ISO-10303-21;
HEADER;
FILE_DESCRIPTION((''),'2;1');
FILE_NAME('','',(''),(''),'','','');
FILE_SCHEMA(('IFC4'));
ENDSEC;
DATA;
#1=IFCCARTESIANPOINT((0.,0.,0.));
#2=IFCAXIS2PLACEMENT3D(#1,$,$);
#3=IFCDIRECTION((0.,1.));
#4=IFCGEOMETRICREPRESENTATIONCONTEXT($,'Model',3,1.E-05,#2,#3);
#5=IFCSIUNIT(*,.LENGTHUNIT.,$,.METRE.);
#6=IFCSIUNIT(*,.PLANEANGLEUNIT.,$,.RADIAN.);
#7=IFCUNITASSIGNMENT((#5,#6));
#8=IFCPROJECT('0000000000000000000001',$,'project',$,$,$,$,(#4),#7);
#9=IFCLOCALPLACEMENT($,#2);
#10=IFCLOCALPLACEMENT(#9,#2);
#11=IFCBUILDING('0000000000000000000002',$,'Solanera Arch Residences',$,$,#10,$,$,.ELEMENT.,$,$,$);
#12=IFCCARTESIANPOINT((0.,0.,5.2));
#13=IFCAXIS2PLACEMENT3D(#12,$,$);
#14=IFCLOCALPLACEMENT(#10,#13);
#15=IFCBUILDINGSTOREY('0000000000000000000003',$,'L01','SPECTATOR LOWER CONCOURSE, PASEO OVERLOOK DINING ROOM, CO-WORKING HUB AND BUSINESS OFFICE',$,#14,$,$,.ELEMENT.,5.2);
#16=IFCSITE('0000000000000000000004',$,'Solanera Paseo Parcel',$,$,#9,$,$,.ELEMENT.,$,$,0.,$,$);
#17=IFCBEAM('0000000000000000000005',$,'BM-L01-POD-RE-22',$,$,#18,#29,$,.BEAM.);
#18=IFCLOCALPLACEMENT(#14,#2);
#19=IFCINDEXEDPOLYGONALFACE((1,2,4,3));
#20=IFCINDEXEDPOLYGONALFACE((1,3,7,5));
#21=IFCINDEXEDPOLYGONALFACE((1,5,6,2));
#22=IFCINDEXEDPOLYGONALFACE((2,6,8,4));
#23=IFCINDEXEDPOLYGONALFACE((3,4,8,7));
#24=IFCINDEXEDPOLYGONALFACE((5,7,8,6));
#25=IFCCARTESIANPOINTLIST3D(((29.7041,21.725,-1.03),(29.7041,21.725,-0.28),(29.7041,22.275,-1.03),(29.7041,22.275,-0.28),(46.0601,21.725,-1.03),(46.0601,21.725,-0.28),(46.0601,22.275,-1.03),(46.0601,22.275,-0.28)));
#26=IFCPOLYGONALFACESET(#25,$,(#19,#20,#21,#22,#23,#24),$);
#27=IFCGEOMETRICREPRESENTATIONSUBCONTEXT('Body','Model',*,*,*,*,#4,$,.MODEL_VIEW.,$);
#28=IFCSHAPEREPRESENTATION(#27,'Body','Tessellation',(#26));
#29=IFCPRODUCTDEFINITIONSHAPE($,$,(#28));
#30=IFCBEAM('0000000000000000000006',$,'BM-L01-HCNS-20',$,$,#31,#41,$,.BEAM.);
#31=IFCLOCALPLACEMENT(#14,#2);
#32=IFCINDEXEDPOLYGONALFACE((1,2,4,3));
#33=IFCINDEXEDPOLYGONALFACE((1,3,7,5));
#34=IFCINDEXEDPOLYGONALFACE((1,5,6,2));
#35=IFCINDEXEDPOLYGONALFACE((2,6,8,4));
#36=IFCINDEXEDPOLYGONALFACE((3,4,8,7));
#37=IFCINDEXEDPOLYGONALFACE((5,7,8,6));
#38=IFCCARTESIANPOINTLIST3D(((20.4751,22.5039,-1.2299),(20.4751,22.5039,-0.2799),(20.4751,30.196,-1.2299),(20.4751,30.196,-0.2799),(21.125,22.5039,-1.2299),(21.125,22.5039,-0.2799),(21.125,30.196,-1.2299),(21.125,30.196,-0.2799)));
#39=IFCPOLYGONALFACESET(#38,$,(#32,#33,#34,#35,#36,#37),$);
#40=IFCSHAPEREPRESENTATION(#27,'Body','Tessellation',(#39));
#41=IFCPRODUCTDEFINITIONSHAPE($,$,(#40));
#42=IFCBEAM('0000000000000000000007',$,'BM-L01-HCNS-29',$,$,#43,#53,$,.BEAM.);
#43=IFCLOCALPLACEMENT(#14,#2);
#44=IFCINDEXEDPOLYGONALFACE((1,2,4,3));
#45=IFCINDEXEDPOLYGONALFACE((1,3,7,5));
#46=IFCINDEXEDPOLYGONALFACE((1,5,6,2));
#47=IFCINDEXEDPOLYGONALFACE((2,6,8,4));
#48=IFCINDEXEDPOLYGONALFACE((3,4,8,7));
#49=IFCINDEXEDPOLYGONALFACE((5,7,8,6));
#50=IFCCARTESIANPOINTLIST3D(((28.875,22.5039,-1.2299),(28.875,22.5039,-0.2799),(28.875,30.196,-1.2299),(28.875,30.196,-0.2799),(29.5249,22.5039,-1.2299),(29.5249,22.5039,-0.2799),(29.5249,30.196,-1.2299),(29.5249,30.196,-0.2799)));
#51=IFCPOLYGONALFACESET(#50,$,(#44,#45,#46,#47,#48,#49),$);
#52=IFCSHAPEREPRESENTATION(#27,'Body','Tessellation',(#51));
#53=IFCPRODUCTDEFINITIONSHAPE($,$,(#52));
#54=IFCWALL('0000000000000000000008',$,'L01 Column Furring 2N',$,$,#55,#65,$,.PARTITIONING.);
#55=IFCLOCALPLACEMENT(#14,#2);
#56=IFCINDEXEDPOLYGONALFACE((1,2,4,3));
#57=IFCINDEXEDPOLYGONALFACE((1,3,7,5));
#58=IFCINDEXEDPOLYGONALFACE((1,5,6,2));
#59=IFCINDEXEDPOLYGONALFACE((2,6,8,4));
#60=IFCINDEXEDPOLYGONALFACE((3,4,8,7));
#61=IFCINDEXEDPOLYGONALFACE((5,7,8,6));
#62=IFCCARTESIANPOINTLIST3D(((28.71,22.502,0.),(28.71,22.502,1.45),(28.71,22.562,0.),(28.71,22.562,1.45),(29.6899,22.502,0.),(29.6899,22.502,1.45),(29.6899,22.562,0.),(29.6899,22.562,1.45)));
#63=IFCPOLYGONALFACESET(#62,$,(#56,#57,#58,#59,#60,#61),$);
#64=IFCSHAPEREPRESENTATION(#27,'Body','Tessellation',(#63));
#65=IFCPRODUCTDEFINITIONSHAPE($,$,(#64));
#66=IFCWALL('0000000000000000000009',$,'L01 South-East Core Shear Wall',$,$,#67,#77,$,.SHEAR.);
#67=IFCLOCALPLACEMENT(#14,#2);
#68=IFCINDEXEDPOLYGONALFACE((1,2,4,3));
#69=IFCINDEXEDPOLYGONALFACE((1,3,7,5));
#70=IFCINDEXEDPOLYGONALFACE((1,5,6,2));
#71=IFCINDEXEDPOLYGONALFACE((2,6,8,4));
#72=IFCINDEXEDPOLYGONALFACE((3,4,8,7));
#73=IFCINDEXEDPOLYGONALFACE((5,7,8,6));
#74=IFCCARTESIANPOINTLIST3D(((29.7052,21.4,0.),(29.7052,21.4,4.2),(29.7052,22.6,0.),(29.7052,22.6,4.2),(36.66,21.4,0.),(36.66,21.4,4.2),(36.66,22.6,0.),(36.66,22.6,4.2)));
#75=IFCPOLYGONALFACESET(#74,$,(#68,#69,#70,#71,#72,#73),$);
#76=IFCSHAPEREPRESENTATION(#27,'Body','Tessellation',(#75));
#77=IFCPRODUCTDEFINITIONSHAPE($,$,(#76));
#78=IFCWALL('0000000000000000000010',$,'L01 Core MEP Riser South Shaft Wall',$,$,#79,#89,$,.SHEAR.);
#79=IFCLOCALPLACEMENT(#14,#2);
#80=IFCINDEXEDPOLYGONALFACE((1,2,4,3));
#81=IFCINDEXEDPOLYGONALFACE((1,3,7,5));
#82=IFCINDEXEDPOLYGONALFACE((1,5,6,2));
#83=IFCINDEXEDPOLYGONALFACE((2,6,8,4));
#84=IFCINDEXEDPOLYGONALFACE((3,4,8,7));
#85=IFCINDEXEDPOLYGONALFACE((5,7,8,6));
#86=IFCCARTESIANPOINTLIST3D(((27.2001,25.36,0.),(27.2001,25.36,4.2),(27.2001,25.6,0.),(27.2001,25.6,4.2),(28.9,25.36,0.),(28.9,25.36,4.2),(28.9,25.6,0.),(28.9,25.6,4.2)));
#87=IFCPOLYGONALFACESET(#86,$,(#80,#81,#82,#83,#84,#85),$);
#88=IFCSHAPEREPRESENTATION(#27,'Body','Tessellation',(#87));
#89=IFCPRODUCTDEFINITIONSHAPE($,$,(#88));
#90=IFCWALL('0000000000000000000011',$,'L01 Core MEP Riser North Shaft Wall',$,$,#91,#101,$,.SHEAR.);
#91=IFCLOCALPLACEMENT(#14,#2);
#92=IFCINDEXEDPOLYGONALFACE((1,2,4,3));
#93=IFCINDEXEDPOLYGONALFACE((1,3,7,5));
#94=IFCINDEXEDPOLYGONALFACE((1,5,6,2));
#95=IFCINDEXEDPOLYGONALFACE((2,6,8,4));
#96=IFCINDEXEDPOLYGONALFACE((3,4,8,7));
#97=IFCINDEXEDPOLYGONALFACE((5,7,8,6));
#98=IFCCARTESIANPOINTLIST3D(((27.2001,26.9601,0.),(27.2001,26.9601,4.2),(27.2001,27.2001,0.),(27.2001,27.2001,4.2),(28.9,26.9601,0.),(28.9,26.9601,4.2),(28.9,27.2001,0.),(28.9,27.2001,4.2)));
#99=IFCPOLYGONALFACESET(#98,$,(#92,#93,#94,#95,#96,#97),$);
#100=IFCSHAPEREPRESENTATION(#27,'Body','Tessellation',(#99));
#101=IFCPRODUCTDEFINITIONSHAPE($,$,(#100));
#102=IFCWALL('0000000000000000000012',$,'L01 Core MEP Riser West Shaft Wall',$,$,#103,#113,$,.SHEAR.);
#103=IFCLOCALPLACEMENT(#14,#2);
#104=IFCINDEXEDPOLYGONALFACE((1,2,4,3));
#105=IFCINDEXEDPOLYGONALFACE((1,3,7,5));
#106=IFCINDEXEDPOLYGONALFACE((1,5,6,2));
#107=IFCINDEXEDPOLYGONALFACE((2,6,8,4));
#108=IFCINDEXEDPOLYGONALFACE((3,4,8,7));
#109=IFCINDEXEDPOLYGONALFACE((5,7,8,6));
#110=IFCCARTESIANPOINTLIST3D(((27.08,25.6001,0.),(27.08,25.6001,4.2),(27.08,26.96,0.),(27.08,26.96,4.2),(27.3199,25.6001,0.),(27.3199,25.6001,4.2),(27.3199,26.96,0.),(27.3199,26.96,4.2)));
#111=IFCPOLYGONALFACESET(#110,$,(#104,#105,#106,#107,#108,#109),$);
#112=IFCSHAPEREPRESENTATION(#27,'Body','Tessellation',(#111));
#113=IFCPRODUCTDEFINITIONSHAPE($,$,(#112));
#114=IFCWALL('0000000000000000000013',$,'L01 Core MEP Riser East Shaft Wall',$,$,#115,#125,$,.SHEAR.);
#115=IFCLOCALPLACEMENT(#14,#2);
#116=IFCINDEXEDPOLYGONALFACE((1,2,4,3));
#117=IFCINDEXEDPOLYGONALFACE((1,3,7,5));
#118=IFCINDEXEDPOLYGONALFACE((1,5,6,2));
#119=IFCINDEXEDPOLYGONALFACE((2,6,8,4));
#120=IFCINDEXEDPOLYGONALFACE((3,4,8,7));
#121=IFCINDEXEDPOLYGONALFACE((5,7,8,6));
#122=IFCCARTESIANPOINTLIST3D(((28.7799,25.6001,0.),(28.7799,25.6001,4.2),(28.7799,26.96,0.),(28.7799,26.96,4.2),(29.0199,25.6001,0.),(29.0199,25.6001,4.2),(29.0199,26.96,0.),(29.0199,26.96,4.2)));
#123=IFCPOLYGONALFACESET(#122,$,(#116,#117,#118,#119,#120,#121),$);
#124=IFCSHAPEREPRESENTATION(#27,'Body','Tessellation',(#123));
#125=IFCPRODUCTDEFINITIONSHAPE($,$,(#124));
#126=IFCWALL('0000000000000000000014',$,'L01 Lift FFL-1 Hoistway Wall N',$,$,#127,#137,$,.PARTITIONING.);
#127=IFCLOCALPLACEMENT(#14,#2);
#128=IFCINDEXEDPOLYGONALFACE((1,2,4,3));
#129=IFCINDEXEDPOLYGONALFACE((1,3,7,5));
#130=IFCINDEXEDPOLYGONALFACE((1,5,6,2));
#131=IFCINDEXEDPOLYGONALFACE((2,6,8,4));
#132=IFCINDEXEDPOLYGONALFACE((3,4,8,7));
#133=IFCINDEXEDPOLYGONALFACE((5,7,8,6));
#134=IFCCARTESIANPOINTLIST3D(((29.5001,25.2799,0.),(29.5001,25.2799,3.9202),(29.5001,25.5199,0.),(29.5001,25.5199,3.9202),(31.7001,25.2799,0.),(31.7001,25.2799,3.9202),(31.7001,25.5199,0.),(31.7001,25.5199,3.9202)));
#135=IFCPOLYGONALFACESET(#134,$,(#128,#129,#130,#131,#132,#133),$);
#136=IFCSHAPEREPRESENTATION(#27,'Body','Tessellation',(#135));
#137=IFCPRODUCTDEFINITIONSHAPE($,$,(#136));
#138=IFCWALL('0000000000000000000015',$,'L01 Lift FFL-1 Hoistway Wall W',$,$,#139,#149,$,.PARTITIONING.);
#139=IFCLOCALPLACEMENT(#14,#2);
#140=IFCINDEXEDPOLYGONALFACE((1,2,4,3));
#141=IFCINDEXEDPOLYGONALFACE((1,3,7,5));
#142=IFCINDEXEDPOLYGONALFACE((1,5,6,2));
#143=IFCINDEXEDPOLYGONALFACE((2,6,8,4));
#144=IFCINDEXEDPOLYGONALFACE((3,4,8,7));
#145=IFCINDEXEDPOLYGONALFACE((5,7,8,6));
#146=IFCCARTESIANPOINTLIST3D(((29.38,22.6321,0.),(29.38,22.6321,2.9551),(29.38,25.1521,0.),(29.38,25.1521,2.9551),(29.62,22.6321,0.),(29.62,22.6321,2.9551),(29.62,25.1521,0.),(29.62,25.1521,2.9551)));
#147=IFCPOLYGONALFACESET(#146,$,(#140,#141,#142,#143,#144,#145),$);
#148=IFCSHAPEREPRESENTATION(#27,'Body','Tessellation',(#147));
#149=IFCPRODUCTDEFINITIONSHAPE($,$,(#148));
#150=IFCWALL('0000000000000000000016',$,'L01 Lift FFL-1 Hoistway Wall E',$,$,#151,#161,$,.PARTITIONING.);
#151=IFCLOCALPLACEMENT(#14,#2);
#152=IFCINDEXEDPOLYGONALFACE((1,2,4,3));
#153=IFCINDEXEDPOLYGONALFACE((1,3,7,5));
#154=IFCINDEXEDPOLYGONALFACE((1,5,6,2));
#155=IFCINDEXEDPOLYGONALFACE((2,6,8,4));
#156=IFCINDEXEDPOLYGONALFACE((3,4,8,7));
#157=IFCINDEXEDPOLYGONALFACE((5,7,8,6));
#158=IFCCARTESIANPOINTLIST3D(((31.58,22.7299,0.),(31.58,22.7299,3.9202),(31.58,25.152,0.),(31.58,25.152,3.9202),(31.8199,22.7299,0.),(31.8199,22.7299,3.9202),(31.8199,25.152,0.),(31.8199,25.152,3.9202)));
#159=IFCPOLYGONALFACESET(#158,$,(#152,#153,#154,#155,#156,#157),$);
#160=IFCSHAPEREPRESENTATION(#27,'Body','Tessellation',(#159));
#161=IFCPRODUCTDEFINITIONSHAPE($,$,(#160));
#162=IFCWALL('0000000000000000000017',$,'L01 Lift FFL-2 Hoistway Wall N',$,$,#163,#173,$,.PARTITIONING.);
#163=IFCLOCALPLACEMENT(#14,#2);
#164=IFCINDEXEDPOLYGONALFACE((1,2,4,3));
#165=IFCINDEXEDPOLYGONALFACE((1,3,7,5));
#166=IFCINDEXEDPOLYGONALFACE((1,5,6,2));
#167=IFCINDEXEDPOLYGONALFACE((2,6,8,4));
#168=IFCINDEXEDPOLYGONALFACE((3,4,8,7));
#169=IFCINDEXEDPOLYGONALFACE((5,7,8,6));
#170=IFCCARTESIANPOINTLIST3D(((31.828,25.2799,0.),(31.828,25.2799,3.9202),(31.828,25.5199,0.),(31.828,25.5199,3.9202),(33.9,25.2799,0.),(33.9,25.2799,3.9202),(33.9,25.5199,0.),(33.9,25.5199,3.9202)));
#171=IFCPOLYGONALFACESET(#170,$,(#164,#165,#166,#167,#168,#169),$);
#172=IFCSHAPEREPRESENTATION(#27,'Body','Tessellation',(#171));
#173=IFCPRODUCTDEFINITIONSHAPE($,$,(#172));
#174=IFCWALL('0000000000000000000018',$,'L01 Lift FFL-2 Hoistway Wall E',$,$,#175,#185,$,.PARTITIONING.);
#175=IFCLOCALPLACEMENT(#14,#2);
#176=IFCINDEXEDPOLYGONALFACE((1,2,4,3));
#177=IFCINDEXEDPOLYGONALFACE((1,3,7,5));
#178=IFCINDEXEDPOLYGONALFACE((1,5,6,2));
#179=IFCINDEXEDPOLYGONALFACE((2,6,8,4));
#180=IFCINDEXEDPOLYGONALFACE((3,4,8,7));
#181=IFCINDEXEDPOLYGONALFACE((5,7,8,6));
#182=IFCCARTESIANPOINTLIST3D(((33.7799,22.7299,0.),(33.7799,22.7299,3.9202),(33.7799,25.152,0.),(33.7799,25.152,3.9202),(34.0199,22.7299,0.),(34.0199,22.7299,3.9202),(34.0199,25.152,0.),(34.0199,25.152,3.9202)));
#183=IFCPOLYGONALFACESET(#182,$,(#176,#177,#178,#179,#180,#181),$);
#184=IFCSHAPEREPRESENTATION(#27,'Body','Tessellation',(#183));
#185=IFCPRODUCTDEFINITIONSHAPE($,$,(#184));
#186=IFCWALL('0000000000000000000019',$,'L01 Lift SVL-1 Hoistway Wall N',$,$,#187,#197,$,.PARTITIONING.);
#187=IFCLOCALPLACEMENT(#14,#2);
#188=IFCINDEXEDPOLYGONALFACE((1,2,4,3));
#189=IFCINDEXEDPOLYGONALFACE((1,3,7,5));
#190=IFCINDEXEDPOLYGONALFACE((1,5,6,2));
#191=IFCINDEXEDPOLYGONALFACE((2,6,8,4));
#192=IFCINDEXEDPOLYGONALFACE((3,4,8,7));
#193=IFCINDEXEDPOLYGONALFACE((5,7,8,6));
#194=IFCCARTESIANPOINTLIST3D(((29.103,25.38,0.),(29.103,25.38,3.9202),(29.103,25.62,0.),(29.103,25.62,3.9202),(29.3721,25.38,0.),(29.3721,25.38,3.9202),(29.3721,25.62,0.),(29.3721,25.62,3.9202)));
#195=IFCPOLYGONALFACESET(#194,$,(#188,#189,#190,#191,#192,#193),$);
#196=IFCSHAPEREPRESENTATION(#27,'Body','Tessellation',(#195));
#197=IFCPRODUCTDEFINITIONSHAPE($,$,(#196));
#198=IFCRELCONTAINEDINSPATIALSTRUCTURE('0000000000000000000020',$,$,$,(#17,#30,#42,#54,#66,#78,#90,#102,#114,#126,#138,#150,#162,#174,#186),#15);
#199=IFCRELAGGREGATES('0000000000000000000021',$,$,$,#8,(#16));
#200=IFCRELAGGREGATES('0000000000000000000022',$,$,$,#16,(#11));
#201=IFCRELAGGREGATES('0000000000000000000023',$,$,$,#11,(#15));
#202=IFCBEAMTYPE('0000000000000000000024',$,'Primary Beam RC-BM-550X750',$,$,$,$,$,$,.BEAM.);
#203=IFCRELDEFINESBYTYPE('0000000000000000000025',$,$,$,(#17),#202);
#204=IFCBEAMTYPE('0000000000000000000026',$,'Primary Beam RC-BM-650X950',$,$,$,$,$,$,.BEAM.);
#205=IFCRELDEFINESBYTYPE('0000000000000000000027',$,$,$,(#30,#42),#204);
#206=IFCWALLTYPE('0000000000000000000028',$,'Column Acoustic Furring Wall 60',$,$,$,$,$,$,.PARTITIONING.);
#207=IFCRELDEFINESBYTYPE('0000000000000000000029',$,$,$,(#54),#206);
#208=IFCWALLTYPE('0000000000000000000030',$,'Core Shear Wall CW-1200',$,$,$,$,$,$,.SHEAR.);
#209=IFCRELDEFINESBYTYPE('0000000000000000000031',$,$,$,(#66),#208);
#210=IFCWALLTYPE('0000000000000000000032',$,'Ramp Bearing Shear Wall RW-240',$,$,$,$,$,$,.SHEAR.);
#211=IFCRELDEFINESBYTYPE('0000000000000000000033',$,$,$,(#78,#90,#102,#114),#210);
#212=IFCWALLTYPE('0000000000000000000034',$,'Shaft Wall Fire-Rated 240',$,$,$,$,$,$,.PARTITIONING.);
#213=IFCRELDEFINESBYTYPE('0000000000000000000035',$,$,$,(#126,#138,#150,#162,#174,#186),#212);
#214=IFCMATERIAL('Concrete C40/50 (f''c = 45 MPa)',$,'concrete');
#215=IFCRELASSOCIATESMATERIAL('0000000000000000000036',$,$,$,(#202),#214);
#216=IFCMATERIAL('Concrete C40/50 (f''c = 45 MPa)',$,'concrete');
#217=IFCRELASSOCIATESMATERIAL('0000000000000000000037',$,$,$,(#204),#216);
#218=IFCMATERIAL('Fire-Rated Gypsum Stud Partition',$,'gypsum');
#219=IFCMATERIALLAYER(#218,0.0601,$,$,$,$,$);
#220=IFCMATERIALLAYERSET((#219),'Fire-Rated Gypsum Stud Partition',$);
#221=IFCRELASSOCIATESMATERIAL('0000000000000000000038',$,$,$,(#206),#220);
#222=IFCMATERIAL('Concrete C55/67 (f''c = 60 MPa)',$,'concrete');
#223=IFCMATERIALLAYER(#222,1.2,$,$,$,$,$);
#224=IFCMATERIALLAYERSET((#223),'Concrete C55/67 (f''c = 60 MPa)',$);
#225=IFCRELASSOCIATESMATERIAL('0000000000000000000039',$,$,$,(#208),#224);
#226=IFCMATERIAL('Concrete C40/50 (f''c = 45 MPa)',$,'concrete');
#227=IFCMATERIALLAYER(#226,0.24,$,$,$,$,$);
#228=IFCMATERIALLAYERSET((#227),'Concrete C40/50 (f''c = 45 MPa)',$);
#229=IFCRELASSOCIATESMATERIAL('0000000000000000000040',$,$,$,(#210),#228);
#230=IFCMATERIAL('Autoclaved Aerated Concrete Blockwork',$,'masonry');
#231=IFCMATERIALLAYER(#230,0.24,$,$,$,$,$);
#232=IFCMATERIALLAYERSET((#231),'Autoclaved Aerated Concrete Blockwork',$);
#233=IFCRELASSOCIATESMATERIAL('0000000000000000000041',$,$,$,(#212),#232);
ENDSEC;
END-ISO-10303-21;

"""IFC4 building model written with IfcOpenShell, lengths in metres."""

from ifc_helpers import new_model, si_unit, direction, frame, frame_2d, origin, origin_2d, place, context, subcontext, project, spatial, rectangle, extrude, material, layer, layer_set, material_profile, profile_set, type_object, element, save


model = new_model("IFC4")

# Units and contexts
model_context = context("Model", 3, precision=1e-05, world=origin(), true_north=direction((0.0, 1.0)))
body_context = subcontext(model_context, "Body", "Model", "MODEL_VIEW")
ifc_project = project(units=[si_unit("LENGTHUNIT", "METRE"), si_unit("PLANEANGLEUNIT", "RADIAN")], contexts=[model_context])

# Site, building, storey
site_placement = place(None, origin())
site = spatial("IfcSite", under=ifc_project, at=site_placement, Name="Solanera Paseo Parcel", CompositionType="ELEMENT", RefElevation=0.0)
building_placement = place(site_placement, origin())
building = spatial("IfcBuilding", under=site, at=building_placement, Name="Solanera Arch Residences", CompositionType="ELEMENT")
storey_placement = place(building_placement, frame((0.0, 0.0, 5.2)))
storey = spatial("IfcBuildingStorey", under=building, at=storey_placement, Name="L01", Description="SPECTATOR LOWER CONCOURSE, PASEO OVERLOOK DINING ROOM, CO-WORKING HUB AND BUSINESS OFFICE", CompositionType="ELEMENT", Elevation=5.2)

# Beams
ifc_material_1 = material(Name="Concrete C40/50 (f'c = 45 MPa)", Category="concrete")
ifc_material_profile_1 = material_profile(ifc_material_1, rectangle(XDim=0.55, YDim=0.75, at=origin_2d()))
ifc_profile_set_1 = profile_set([ifc_material_profile_1], Name="Concrete C40/50 (f'c = 45 MPa)")
beam_type_1 = type_object("IfcBeamType", Name="Primary Beam RC-BM-550X750", PredefinedType="BEAM", material=ifc_profile_set_1)
beam_placement = place(storey_placement, frame((29.7041, 22.0, -0.655), z_axis=(1.0, 0.0, 0.0), x_axis=(0.0, 1.0, 0.0)))
element("IfcBeam", 1, at=beam_placement, inside=storey, type_object=beam_type_1, Name="BM-L01-POD-RE-22", PredefinedType="BEAM", context=body_context, shape_type="SweptSolid", body=[
    extrude(rectangle(XDim=0.55, YDim=0.75, at=origin_2d()), origin(), (0.0, 0.0, 1.0), 16.356),
])
ifc_material_2 = material(Name="Concrete C40/50 (f'c = 45 MPa)", Category="concrete")
ifc_material_profile_2 = material_profile(ifc_material_2, rectangle(XDim=0.6499, YDim=0.95, at=origin_2d()))
ifc_profile_set_2 = profile_set([ifc_material_profile_2], Name="Concrete C40/50 (f'c = 45 MPa)")
beam_type_2 = type_object("IfcBeamType", Name="Primary Beam RC-BM-650X950", PredefinedType="BEAM", material=ifc_profile_set_2)
for number, where, z_axis, x_axis, name in (
    (2, (20.8, 22.5039, -0.7549), (0.0, 1.0, 0.0), (-1.0, 0.0, 0.0), "BM-L01-HCNS-20"),
    (3, (29.2, 22.5039, -0.7549), (0.0, 1.0, 0.0), (-1.0, 0.0, 0.0), "BM-L01-HCNS-29"),
):
    element("IfcBeam", number, at=place(storey_placement, frame(where, z_axis=z_axis, x_axis=x_axis)), inside=storey, type_object=beam_type_2, Name=name, PredefinedType="BEAM", context=body_context, shape_type="SweptSolid", body=[
        extrude(rectangle(XDim=0.6499, YDim=0.95, at=origin_2d()), origin(), (0.0, 0.0, 1.0), 7.6921),
    ])

# Walls
ifc_material_3 = material(Name="Fire-Rated Gypsum Stud Partition", Category="gypsum")
ifc_layer_1 = layer(ifc_material_3, 0.0601)
ifc_layer_set_1 = layer_set([ifc_layer_1], Name="Fire-Rated Gypsum Stud Partition")
wall_type_1 = type_object("IfcWallType", Name="Column Acoustic Furring Wall 60", PredefinedType="PARTITIONING", material=ifc_layer_set_1)
wall_1_placement = place(storey_placement, frame((28.71, 22.532, 0.0), z_axis=(0.0, 0.0, 1.0), x_axis=(1.0, 0.0, 0.0)))
element("IfcWall", 4, at=wall_1_placement, inside=storey, type_object=wall_type_1, Name="L01 Column Furring 2N", PredefinedType="PARTITIONING", context=body_context, shape_type="SweptSolid", body=[
    extrude(rectangle(XDim=0.98, YDim=0.0601, at=frame_2d((0.49, 0.0))), origin(), (0.0, 0.0, 1.0), 1.45),
])
ifc_material_4 = material(Name="Concrete C55/67 (f'c = 60 MPa)", Category="concrete")
ifc_layer_2 = layer(ifc_material_4, 1.2)
ifc_layer_set_2 = layer_set([ifc_layer_2], Name="Concrete C55/67 (f'c = 60 MPa)")
wall_type_2 = type_object("IfcWallType", Name="Core Shear Wall CW-1200", PredefinedType="SHEAR", material=ifc_layer_set_2)
wall_2_placement = place(storey_placement, frame((29.7051, 22.0, 0.0), z_axis=(0.0, 0.0, 1.0), x_axis=(1.0, 0.0, 0.0)))
element("IfcWall", 5, at=wall_2_placement, inside=storey, type_object=wall_type_2, Name="L01 South-East Core Shear Wall", PredefinedType="SHEAR", context=body_context, shape_type="SweptSolid", body=[
    extrude(rectangle(XDim=6.9548, YDim=1.2, at=frame_2d((3.4775, 0.0))), origin(), (0.0, 0.0, 1.0), 4.2),
])
ifc_material_5 = material(Name="Concrete C40/50 (f'c = 45 MPa)", Category="concrete")
ifc_layer_3 = layer(ifc_material_5, 0.24)
ifc_layer_set_3 = layer_set([ifc_layer_3], Name="Concrete C40/50 (f'c = 45 MPa)")
wall_type_3 = type_object("IfcWallType", Name="Ramp Bearing Shear Wall RW-240", PredefinedType="SHEAR", material=ifc_layer_set_3)
for number, where, z_axis, x_axis, name in (
    (6, (27.2, 25.48, 0.0), (0.0, 0.0, 1.0), (1.0, 0.0, 0.0), "L01 Core MEP Riser South Shaft Wall"),
    (7, (27.2, 27.0801, 0.0), (0.0, 0.0, 1.0), (1.0, 0.0, 0.0), "L01 Core MEP Riser North Shaft Wall"),
):
    element("IfcWall", number, at=place(storey_placement, frame(where, z_axis=z_axis, x_axis=x_axis)), inside=storey, type_object=wall_type_3, Name=name, PredefinedType="SHEAR", context=body_context, shape_type="SweptSolid", body=[
        extrude(rectangle(XDim=1.7, YDim=0.24, at=frame_2d((0.8501, 0.0))), origin(), (0.0, 0.0, 1.0), 4.2),
    ])
for number, where, z_axis, x_axis, name in (
    (8, (27.2, 25.6001, 0.0), (0.0, 0.0, 1.0), (0.0, 1.0, 0.0), "L01 Core MEP Riser West Shaft Wall"),
    (9, (28.8999, 25.6001, 0.0), (0.0, 0.0, 1.0), (0.0, 1.0, 0.0), "L01 Core MEP Riser East Shaft Wall"),
):
    element("IfcWall", number, at=place(storey_placement, frame(where, z_axis=z_axis, x_axis=x_axis)), inside=storey, type_object=wall_type_3, Name=name, PredefinedType="SHEAR", context=body_context, shape_type="SweptSolid", body=[
        extrude(rectangle(XDim=1.3599, YDim=0.24, at=frame_2d((0.6799, 0.0))), origin(), (0.0, 0.0, 1.0), 4.2),
    ])
ifc_material_6 = material(Name="Autoclaved Aerated Concrete Blockwork", Category="masonry")
ifc_layer_4 = layer(ifc_material_6, 0.24)
ifc_layer_set_4 = layer_set([ifc_layer_4], Name="Autoclaved Aerated Concrete Blockwork")
wall_type_4 = type_object("IfcWallType", Name="Shaft Wall Fire-Rated 240", PredefinedType="PARTITIONING", material=ifc_layer_set_4)
wall_3_placement = place(storey_placement, frame((29.5, 25.3999, 0.0), z_axis=(0.0, 0.0, 1.0), x_axis=(1.0, 0.0, 0.0)))
element("IfcWall", 10, at=wall_3_placement, inside=storey, type_object=wall_type_4, Name="L01 Lift FFL-1 Hoistway Wall N", PredefinedType="PARTITIONING", context=body_context, shape_type="SweptSolid", body=[
    extrude(rectangle(XDim=2.2, YDim=0.24, at=frame_2d((1.1001, 0.0))), origin(), (0.0, 0.0, 1.0), 3.9202),
])
wall_4_placement = place(storey_placement, frame((29.5, 22.6321, 0.0), z_axis=(0.0, 0.0, 1.0), x_axis=(0.0, 1.0, 0.0)))
element("IfcWall", 11, at=wall_4_placement, inside=storey, type_object=wall_type_4, Name="L01 Lift FFL-1 Hoistway Wall W", PredefinedType="PARTITIONING", context=body_context, shape_type="SweptSolid", body=[
    extrude(rectangle(XDim=2.52, YDim=0.24, at=frame_2d((1.26, 0.0))), origin(), (0.0, 0.0, 1.0), 2.9551),
])
wall_5_placement = place(storey_placement, frame((31.7, 22.73, 0.0), z_axis=(0.0, 0.0, 1.0), x_axis=(0.0, 1.0, 0.0)))
element("IfcWall", 12, at=wall_5_placement, inside=storey, type_object=wall_type_4, Name="L01 Lift FFL-1 Hoistway Wall E", PredefinedType="PARTITIONING", context=body_context, shape_type="SweptSolid", body=[
    extrude(rectangle(XDim=2.4221, YDim=0.24, at=frame_2d((1.2109, 0.0))), origin(), (0.0, 0.0, 1.0), 3.9202),
])
wall_6_placement = place(storey_placement, frame((31.8279, 25.3999, 0.0), z_axis=(0.0, 0.0, 1.0), x_axis=(1.0, 0.0, 0.0)))
element("IfcWall", 13, at=wall_6_placement, inside=storey, type_object=wall_type_4, Name="L01 Lift FFL-2 Hoistway Wall N", PredefinedType="PARTITIONING", context=body_context, shape_type="SweptSolid", body=[
    extrude(rectangle(XDim=2.072, YDim=0.24, at=frame_2d((1.0361, 0.0))), origin(), (0.0, 0.0, 1.0), 3.9202),
])
wall_7_placement = place(storey_placement, frame((33.8999, 22.73, 0.0), z_axis=(0.0, 0.0, 1.0), x_axis=(0.0, 1.0, 0.0)))
element("IfcWall", 14, at=wall_7_placement, inside=storey, type_object=wall_type_4, Name="L01 Lift FFL-2 Hoistway Wall E", PredefinedType="PARTITIONING", context=body_context, shape_type="SweptSolid", body=[
    extrude(rectangle(XDim=2.4221, YDim=0.24, at=frame_2d((1.2109, 0.0))), origin(), (0.0, 0.0, 1.0), 3.9202),
])
wall_8_placement = place(storey_placement, frame((29.103, 25.5, 0.0), z_axis=(0.0, 0.0, 1.0), x_axis=(1.0, 0.0, 0.0)))
element("IfcWall", 15, at=wall_8_placement, inside=storey, type_object=wall_type_4, Name="L01 Lift SVL-1 Hoistway Wall N", PredefinedType="PARTITIONING", context=body_context, shape_type="SweptSolid", body=[
    extrude(rectangle(XDim=0.269, YDim=0.24, at=frame_2d((0.1345, 0.0))), origin(), (0.0, 0.0, 1.0), 3.9202),
])

save(model, "model.ifc")
